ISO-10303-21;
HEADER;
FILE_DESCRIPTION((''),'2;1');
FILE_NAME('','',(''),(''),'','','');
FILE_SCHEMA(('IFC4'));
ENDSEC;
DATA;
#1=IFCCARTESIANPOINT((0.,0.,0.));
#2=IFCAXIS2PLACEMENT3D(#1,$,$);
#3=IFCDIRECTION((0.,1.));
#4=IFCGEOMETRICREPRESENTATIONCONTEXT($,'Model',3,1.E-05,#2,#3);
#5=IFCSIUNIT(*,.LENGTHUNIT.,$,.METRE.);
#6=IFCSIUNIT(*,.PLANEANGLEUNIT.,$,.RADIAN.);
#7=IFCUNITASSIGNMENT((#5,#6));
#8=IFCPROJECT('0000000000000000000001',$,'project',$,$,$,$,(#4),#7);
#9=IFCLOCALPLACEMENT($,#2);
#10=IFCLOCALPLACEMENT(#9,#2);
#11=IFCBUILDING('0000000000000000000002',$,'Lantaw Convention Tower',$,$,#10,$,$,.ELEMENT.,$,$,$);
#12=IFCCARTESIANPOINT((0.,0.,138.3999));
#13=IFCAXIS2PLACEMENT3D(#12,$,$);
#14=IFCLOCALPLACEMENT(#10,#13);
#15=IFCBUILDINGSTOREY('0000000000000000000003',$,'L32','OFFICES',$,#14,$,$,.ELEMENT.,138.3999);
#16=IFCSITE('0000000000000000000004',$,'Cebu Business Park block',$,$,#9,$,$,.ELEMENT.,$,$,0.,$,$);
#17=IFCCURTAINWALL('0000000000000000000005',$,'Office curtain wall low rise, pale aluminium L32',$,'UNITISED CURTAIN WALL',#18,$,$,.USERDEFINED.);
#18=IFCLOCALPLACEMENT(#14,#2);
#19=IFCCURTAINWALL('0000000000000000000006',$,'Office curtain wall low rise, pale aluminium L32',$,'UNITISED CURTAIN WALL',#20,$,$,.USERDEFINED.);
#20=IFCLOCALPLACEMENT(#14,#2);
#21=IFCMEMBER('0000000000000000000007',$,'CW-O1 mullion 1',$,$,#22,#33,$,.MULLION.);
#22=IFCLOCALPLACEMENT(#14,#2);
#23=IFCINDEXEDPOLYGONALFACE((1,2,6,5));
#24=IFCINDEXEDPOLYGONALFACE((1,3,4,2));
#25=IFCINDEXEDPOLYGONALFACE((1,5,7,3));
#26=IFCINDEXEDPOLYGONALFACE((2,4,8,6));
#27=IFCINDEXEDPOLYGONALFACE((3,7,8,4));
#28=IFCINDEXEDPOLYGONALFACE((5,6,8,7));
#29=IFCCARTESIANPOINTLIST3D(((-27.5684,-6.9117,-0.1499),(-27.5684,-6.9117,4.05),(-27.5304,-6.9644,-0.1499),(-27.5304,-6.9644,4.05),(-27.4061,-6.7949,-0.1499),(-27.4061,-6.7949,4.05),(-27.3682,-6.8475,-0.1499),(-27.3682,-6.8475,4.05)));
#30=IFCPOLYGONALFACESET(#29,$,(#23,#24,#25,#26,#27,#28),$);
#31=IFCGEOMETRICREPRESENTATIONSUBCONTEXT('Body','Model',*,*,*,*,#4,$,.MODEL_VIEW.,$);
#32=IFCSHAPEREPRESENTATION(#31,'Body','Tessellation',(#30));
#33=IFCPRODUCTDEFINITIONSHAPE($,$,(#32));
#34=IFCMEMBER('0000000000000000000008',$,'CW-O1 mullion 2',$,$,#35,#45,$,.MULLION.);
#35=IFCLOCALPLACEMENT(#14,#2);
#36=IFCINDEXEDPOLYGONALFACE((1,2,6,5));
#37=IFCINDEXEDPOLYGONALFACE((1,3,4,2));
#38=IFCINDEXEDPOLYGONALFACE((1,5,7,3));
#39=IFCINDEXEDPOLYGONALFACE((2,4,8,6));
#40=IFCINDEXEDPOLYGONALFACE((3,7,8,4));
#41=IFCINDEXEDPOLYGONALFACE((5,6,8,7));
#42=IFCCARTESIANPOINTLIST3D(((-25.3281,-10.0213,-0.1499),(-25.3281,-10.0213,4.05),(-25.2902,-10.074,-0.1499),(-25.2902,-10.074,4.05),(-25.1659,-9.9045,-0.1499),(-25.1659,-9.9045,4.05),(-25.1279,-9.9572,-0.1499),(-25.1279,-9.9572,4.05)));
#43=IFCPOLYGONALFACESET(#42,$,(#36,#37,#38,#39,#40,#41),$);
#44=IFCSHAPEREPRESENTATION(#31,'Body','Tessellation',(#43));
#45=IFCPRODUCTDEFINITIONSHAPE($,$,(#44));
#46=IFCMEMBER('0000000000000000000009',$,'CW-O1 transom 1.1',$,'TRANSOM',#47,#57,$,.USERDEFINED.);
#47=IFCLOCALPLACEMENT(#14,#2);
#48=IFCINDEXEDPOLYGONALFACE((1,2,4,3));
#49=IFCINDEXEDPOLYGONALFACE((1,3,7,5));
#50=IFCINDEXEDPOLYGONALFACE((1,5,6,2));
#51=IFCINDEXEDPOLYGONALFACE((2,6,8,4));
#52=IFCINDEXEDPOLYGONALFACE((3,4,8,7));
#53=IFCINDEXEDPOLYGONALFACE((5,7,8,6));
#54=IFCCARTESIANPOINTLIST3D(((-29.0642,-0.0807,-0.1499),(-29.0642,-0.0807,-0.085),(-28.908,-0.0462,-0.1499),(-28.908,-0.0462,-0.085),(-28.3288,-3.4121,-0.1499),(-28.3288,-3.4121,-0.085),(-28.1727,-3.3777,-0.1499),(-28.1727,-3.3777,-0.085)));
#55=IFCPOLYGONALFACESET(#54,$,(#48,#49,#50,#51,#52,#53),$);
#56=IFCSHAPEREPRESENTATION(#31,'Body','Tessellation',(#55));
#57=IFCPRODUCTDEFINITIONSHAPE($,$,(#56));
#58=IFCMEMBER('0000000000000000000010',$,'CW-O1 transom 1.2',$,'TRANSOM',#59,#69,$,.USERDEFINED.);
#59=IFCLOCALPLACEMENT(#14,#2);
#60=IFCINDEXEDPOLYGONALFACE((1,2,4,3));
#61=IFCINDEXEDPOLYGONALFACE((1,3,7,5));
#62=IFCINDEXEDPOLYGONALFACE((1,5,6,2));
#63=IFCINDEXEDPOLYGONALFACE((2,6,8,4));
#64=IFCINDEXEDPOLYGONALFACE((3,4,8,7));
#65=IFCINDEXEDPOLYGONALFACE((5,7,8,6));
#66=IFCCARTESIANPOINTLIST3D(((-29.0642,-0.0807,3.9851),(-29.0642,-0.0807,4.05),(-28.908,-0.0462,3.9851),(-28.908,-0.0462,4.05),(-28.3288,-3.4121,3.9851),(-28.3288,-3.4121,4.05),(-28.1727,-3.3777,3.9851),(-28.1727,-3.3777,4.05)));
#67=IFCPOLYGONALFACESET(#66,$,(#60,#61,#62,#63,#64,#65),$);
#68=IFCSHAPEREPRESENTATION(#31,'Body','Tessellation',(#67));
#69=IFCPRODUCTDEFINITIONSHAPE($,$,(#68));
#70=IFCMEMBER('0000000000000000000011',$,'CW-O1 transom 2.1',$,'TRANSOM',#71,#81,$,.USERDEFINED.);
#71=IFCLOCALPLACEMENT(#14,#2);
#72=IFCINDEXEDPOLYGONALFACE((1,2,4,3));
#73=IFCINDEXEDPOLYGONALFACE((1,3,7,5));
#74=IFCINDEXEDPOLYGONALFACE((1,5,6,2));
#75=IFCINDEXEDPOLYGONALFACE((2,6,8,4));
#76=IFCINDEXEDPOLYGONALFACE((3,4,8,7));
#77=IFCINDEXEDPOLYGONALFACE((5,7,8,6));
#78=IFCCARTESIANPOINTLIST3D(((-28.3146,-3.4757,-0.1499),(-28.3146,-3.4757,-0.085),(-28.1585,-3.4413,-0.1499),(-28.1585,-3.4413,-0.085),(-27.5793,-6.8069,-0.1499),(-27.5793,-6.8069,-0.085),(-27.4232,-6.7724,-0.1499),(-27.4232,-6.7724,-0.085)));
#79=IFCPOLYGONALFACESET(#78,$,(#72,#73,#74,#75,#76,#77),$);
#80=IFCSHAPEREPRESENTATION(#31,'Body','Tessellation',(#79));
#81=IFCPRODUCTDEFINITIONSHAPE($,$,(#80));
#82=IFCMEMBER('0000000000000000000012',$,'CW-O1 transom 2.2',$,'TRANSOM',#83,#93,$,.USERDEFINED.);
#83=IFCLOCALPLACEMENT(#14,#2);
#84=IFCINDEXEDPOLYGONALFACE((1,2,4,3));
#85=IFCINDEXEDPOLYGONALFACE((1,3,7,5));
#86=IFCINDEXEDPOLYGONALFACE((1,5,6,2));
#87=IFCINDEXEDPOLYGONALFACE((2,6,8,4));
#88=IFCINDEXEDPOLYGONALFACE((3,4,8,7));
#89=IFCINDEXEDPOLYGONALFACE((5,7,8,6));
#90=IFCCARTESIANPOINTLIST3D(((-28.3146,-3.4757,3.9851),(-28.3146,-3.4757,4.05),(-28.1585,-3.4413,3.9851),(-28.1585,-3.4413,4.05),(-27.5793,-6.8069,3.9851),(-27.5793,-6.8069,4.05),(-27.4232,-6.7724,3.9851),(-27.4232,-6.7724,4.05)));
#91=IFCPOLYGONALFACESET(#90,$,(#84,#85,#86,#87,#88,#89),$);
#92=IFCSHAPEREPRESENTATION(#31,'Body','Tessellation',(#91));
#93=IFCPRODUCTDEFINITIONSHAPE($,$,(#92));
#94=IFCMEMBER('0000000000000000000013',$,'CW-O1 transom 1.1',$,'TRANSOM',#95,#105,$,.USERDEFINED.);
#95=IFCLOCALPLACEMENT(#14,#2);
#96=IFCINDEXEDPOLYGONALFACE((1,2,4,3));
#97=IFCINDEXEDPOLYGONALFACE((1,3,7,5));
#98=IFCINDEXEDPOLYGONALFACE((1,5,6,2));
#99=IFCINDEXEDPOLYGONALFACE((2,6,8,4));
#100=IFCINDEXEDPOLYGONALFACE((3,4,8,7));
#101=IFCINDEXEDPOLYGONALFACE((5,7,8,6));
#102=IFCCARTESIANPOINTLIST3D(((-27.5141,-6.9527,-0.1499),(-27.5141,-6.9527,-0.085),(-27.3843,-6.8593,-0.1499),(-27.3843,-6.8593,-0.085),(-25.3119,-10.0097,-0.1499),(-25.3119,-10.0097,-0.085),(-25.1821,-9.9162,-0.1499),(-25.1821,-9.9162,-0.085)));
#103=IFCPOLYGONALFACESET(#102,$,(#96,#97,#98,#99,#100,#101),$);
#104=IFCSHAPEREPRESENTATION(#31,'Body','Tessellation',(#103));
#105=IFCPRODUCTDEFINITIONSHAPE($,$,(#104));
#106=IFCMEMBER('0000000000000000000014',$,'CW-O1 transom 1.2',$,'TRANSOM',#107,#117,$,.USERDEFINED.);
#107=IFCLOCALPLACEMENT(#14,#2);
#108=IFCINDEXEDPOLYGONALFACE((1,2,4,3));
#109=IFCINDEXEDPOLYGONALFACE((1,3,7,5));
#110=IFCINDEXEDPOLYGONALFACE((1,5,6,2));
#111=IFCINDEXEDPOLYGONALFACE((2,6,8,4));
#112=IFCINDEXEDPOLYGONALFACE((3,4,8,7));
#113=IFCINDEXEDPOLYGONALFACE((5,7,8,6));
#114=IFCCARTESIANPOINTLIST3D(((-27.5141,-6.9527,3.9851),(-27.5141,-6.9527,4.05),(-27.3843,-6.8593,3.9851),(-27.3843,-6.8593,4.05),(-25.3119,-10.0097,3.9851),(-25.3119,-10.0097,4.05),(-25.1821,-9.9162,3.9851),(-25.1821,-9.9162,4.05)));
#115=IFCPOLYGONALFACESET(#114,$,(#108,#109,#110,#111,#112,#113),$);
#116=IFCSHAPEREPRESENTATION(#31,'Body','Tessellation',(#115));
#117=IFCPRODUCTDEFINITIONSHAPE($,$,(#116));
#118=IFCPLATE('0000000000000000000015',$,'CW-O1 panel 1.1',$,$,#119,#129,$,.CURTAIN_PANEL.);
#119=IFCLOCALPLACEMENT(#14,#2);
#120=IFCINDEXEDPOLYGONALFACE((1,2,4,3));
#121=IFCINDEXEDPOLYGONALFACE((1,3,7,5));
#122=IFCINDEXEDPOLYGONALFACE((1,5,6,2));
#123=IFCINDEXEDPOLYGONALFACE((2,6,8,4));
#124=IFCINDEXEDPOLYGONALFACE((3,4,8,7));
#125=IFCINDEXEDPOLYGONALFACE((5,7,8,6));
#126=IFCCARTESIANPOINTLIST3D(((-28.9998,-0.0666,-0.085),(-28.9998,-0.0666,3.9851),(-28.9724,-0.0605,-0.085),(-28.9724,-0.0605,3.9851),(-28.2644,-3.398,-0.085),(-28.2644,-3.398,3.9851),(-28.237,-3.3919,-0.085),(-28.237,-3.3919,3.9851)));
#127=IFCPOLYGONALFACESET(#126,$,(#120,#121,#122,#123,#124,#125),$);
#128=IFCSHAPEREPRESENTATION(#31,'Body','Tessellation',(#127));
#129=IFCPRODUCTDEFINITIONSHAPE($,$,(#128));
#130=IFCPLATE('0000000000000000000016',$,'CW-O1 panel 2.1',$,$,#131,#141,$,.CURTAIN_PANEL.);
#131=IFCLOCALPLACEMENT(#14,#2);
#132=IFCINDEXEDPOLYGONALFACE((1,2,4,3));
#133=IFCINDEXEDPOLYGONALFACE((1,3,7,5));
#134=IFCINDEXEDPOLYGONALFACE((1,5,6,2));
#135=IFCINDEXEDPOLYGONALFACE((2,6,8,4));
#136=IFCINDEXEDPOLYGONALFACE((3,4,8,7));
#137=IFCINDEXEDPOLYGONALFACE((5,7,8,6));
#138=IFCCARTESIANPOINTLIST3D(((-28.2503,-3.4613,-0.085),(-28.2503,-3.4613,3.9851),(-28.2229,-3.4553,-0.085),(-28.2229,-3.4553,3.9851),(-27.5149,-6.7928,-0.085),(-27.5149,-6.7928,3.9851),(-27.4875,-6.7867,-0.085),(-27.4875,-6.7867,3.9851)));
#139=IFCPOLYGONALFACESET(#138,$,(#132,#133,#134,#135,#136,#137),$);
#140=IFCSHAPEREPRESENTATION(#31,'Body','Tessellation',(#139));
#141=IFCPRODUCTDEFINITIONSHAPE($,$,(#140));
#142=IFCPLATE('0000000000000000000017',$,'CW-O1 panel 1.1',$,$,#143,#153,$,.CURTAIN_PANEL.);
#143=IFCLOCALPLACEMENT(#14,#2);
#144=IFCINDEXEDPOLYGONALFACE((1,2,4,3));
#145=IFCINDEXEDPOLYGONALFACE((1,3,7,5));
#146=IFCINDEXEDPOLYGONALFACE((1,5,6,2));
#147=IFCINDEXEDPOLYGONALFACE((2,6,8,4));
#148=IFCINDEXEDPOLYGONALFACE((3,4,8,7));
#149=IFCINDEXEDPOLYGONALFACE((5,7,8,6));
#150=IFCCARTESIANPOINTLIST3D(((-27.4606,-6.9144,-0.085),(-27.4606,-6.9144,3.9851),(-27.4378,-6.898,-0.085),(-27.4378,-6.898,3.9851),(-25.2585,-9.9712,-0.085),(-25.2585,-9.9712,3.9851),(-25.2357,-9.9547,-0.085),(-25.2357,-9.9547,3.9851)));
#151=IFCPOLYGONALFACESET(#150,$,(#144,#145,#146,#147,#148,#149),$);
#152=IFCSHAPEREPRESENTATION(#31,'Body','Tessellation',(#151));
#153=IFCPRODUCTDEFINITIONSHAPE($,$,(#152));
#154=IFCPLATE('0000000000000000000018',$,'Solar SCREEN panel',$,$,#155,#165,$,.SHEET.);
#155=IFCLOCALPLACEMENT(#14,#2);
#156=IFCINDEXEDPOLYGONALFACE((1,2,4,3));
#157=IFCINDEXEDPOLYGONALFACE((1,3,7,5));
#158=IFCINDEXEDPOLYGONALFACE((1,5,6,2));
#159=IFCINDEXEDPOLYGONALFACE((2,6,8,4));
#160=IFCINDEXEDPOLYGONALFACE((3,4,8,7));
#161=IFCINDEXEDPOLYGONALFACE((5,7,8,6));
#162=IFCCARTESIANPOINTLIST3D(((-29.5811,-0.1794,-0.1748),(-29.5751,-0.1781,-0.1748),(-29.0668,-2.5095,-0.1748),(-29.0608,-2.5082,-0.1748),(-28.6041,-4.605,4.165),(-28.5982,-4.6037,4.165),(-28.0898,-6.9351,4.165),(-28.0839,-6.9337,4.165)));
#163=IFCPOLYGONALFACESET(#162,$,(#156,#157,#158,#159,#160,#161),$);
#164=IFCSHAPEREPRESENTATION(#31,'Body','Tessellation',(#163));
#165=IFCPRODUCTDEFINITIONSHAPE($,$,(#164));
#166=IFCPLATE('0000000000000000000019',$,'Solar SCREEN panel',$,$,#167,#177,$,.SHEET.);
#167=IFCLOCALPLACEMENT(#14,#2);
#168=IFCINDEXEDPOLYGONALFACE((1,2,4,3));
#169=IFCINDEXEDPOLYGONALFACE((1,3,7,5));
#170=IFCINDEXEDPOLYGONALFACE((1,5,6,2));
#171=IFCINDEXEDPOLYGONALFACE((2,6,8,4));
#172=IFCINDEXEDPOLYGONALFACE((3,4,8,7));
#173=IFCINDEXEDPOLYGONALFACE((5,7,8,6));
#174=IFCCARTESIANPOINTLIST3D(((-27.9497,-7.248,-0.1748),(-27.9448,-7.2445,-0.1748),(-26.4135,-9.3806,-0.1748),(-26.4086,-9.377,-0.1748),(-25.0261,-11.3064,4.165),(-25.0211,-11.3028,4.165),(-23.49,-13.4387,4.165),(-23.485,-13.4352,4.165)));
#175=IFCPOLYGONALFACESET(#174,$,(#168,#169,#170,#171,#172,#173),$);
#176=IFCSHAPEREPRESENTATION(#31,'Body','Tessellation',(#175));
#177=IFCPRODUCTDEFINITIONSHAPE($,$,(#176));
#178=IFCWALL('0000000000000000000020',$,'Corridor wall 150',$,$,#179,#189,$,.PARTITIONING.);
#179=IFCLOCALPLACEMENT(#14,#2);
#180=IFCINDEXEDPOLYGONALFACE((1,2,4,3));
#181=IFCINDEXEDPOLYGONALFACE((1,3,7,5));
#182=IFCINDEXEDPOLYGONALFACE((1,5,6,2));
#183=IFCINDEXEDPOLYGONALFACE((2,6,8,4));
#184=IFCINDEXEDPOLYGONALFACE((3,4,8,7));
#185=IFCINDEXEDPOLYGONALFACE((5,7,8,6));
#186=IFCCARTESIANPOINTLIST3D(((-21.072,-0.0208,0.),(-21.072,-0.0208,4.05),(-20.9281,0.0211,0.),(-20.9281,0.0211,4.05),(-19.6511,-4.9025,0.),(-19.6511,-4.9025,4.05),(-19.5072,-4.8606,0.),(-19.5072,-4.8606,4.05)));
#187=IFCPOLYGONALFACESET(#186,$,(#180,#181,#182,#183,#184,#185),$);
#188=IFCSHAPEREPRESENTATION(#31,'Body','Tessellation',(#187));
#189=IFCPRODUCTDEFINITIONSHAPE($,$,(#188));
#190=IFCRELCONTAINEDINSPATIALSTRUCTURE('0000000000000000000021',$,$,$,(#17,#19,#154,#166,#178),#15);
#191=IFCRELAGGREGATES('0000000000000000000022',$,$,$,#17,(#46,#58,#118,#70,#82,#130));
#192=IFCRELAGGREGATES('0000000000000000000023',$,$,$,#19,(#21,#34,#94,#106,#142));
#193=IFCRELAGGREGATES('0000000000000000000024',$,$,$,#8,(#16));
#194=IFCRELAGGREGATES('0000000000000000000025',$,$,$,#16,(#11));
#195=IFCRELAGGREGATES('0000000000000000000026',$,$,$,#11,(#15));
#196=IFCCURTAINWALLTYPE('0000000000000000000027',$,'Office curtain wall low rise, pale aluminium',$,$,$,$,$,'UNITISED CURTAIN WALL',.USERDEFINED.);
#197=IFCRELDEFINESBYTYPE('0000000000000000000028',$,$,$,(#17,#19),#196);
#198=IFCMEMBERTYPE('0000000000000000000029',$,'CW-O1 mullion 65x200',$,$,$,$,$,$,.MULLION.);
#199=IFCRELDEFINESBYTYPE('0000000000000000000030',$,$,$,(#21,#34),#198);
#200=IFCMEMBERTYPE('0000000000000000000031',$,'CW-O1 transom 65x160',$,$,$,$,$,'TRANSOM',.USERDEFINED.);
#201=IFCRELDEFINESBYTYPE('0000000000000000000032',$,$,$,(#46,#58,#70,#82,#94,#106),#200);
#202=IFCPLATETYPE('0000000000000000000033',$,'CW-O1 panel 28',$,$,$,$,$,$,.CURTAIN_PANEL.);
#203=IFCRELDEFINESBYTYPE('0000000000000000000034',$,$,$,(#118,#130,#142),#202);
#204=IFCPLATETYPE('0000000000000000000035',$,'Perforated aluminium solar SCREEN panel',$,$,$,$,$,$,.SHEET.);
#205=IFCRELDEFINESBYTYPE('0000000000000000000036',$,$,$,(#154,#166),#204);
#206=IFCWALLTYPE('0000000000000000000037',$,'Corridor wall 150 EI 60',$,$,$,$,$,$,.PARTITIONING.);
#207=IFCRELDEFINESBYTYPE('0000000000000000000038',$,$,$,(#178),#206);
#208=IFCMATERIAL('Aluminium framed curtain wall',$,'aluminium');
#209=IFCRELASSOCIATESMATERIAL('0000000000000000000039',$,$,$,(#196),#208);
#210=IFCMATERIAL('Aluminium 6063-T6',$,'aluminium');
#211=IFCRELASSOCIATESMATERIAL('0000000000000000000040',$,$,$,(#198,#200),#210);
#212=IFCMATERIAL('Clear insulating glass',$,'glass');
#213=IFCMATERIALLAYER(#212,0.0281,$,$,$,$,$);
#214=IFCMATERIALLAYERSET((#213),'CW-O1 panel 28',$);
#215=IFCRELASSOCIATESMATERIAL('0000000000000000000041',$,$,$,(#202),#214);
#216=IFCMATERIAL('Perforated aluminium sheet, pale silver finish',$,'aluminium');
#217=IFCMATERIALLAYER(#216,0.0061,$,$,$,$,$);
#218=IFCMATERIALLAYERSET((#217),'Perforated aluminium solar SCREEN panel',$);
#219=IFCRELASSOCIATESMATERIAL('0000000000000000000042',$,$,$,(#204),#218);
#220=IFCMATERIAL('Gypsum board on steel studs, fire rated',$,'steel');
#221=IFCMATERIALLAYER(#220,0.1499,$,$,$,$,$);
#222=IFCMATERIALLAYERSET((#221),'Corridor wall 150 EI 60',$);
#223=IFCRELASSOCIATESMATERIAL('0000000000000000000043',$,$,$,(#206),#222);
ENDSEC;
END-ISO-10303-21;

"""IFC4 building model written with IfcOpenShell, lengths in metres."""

from ifc_helpers import new_model, si_unit, direction, frame, frame_2d, origin, origin_2d, place, context, subcontext, project, spatial, polyline, rectangle, outline, extrude, material, layer, layer_set, material_profile, profile_set, type_object, element, aggregate, save


model = new_model("IFC4")

# Units and contexts
model_context = context("Model", 3, precision=1e-05, world=origin(), true_north=direction((0.0, 1.0)))
body_context = subcontext(model_context, "Body", "Model", "MODEL_VIEW")
ifc_project = project(units=[si_unit("LENGTHUNIT", "METRE"), si_unit("PLANEANGLEUNIT", "RADIAN")], contexts=[model_context])

# Site, building, storey
site_placement = place(None, origin())
site = spatial("IfcSite", under=ifc_project, at=site_placement, Name="Cebu Business Park block", CompositionType="ELEMENT", RefElevation=0.0)
building_placement = place(site_placement, origin())
building = spatial("IfcBuilding", under=site, at=building_placement, Name="Lantaw Convention Tower", CompositionType="ELEMENT")
storey_placement = place(building_placement, frame((0.0, 0.0, 138.3999)))
storey = spatial("IfcBuildingStorey", under=building, at=storey_placement, Name="L32", Description="OFFICES", CompositionType="ELEMENT", Elevation=138.3999)

# Curtain walls, members
ifc_material_1 = material(Name="Aluminium framed curtain wall", Category="aluminium")
curtain_wall_type = type_object("IfcCurtainWallType", Name="Office curtain wall low rise, pale aluminium", ElementType="UNITISED CURTAIN WALL", PredefinedType="USERDEFINED", material=ifc_material_1)
curtain_wall_1_placement = place(storey_placement, origin())
curtain_wall_1 = element("IfcCurtainWall", 1, at=curtain_wall_1_placement, inside=storey, type_object=curtain_wall_type, Name="Office curtain wall low rise, pale aluminium L32", ObjectType="UNITISED CURTAIN WALL", PredefinedType="USERDEFINED")
ifc_material_2 = material(Name="Aluminium 6063-T6", Category="aluminium")
ifc_material_profile_1 = material_profile(ifc_material_2, rectangle(XDim=0.2, YDim=0.0649, at=origin_2d()), Name="CW-O1 mullion 65x200")
ifc_profile_set_1 = profile_set([ifc_material_profile_1], Name="Aluminium 6063-T6")
member_type_1 = type_object("IfcMemberType", Name="CW-O1 mullion 65x200", PredefinedType="MULLION", material=ifc_profile_set_1)
curtain_wall_2_placement = place(storey_placement, origin())
curtain_wall_2 = element("IfcCurtainWall", 2, at=curtain_wall_2_placement, inside=storey, type_object=curtain_wall_type, Name="Office curtain wall low rise, pale aluminium L32", ObjectType="UNITISED CURTAIN WALL", PredefinedType="USERDEFINED")
member_1_placement = place(storey_placement, frame((-27.4683, -6.8796, -0.1499), z_axis=(0.0, 0.0, 1.0), x_axis=(0.811385, 0.584513, 0.0)))
member_1 = element("IfcMember", 3, at=member_1_placement, type_object=member_type_1, Name="CW-O1 mullion 1", PredefinedType="MULLION", context=body_context, shape_type="SweptSolid", body=[
    extrude(rectangle(XDim=0.2, YDim=0.0649, at=origin_2d()), origin(), (0.0, 0.0, 1.0), 4.2),
])
member_2_placement = place(storey_placement, frame((-25.228, -9.9893, -0.1499), z_axis=(0.0, 0.0, 1.0), x_axis=(0.811385, 0.584513, 0.0)))
member_2 = element("IfcMember", 4, at=member_2_placement, type_object=member_type_1, Name="CW-O1 mullion 2", PredefinedType="MULLION", context=body_context, shape_type="SweptSolid", body=[
    extrude(rectangle(XDim=0.2, YDim=0.0649, at=origin_2d()), origin(), (0.0, 0.0, 1.0), 4.2),
])

# Members
ifc_material_profile_2 = material_profile(ifc_material_2, rectangle(XDim=0.1599, YDim=0.0649, at=origin_2d()), Name="CW-O1 transom 65x160")
ifc_profile_set_2 = profile_set([ifc_material_profile_2], Name="Aluminium 6063-T6")
member_type_2 = type_object("IfcMemberType", Name="CW-O1 transom 65x160", ElementType="TRANSOM", PredefinedType="USERDEFINED", material=ifc_profile_set_2)
member_3_placement = place(storey_placement, frame((-28.9861, -0.0635, -0.1174), z_axis=(0.215536, -0.976496, 0.0), x_axis=(0.976496, 0.215536, 0.0)))
member_3 = element("IfcMember", 5, at=member_3_placement, type_object=member_type_2, Name="CW-O1 transom 1.1", ObjectType="TRANSOM", PredefinedType="USERDEFINED", context=body_context, shape_type="SweptSolid", body=[
    extrude(rectangle(XDim=0.1599, YDim=0.0649, at=origin_2d()), origin(), (0.0, 0.0, 1.0), 3.4116),
])
member_4_placement = place(storey_placement, frame((-28.9861, -0.0635, 4.0176), z_axis=(0.215536, -0.976496, 0.0), x_axis=(0.976496, 0.215536, 0.0)))
member_4 = element("IfcMember", 6, at=member_4_placement, type_object=member_type_2, Name="CW-O1 transom 1.2", ObjectType="TRANSOM", PredefinedType="USERDEFINED", context=body_context, shape_type="SweptSolid", body=[
    extrude(rectangle(XDim=0.1599, YDim=0.0649, at=origin_2d()), origin(), (0.0, 0.0, 1.0), 3.4116),
])
member_5_placement = place(storey_placement, frame((-28.2366, -3.4585, -0.1174), z_axis=(0.215551, -0.976493, 0.0), x_axis=(0.976493, 0.215551, 0.0)))
member_5 = element("IfcMember", 7, at=member_5_placement, type_object=member_type_2, Name="CW-O1 transom 2.1", ObjectType="TRANSOM", PredefinedType="USERDEFINED", context=body_context, shape_type="SweptSolid", body=[
    extrude(rectangle(XDim=0.1599, YDim=0.0649, at=origin_2d()), origin(), (0.0, 0.0, 1.0), 3.4114),
])
member_6_placement = place(storey_placement, frame((-28.2366, -3.4585, 4.0176), z_axis=(0.215551, -0.976493, 0.0), x_axis=(0.976493, 0.215551, 0.0)))
member_6 = element("IfcMember", 8, at=member_6_placement, type_object=member_type_2, Name="CW-O1 transom 2.2", ObjectType="TRANSOM", PredefinedType="USERDEFINED", context=body_context, shape_type="SweptSolid", body=[
    extrude(rectangle(XDim=0.1599, YDim=0.0649, at=origin_2d()), origin(), (0.0, 0.0, 1.0), 3.4114),
])
member_7_placement = place(storey_placement, frame((-27.4492, -6.906, -0.1174), z_axis=(0.584513, -0.811384, 0.0), x_axis=(0.811384, 0.584513, 0.0)))
member_7 = element("IfcMember", 9, at=member_7_placement, type_object=member_type_2, Name="CW-O1 transom 1.1", ObjectType="TRANSOM", PredefinedType="USERDEFINED", context=body_context, shape_type="SweptSolid", body=[
    extrude(rectangle(XDim=0.1599, YDim=0.0649, at=origin_2d()), origin(), (0.0, 0.0, 1.0), 3.7676),
])
member_8_placement = place(storey_placement, frame((-27.4492, -6.906, 4.0176), z_axis=(0.584513, -0.811384, 0.0), x_axis=(0.811384, 0.584513, 0.0)))
member_8 = element("IfcMember", 10, at=member_8_placement, type_object=member_type_2, Name="CW-O1 transom 1.2", ObjectType="TRANSOM", PredefinedType="USERDEFINED", context=body_context, shape_type="SweptSolid", body=[
    extrude(rectangle(XDim=0.1599, YDim=0.0649, at=origin_2d()), origin(), (0.0, 0.0, 1.0), 3.7676),
])

# Plates
ifc_material_3 = material(Name="Clear insulating glass", Category="glass")
ifc_layer_1 = layer(ifc_material_3, 0.0281)
ifc_layer_set_1 = layer_set([ifc_layer_1], Name="CW-O1 panel 28")
plate_type_1 = type_object("IfcPlateType", Name="CW-O1 panel 28", PredefinedType="CURTAIN_PANEL", material=ifc_layer_set_1)
plate_1_placement = place(storey_placement, frame((-28.6184, -1.7292, -0.085), z_axis=(0.0, 0.0, 1.0), x_axis=(0.215546, -0.976494, 0.0)))
plate_1 = element("IfcPlate", 11, at=plate_1_placement, type_object=plate_type_1, Name="CW-O1 panel 1.1", PredefinedType="CURTAIN_PANEL", context=body_context, shape_type="SweptSolid", body=[
    extrude(rectangle(XDim=3.4116, YDim=0.0281, at=origin_2d()), origin(), (0.0, 0.0, 1.0), 4.0701),
])
plate_2_placement = place(storey_placement, frame((-27.8689, -5.124, -0.085), z_axis=(0.0, 0.0, 1.0), x_axis=(0.215546, -0.976494, 0.0)))
plate_2 = element("IfcPlate", 12, at=plate_2_placement, type_object=plate_type_1, Name="CW-O1 panel 2.1", PredefinedType="CURTAIN_PANEL", context=body_context, shape_type="SweptSolid", body=[
    extrude(rectangle(XDim=3.4116, YDim=0.0281, at=origin_2d()), origin(), (0.0, 0.0, 1.0), 4.0701),
])
aggregate(curtain_wall_1, [member_3, member_4, plate_1, member_5, member_6, plate_2])
plate_3_placement = place(storey_placement, frame((-26.3481, -8.4346, -0.085), z_axis=(0.0, 0.0, 1.0), x_axis=(0.584513, -0.811385, 0.0)))
plate_3 = element("IfcPlate", 13, at=plate_3_placement, type_object=plate_type_1, Name="CW-O1 panel 1.1", PredefinedType="CURTAIN_PANEL", context=body_context, shape_type="SweptSolid", body=[
    extrude(rectangle(XDim=3.7673, YDim=0.0281, at=origin_2d()), origin(), (0.0, 0.0, 1.0), 4.0701),
])
aggregate(curtain_wall_2, [member_1, member_2, member_7, member_8, plate_3])

# Plates
ifc_material_4 = material(Name="Perforated aluminium sheet, pale silver finish", Category="aluminium")
ifc_layer_2 = layer(ifc_material_4, 0.0061)
ifc_layer_set_2 = layer_set([ifc_layer_2], Name="Perforated aluminium solar SCREEN panel")
plate_type_2 = type_object("IfcPlateType", Name="Perforated aluminium solar SCREEN panel", PredefinedType="SHEET", material=ifc_layer_set_2)
plate_4_placement = place(storey_placement, frame((-29.5811, -0.1794, -0.1748), z_axis=(-0.976498, -0.215527, 0.000033), x_axis=(0.215527, -0.976498, 0.0)))
element("IfcPlate", 14, at=plate_4_placement, inside=storey, type_object=plate_type_2, Name="Solar SCREEN panel", PredefinedType="SHEET", context=body_context, shape_type="SweptSolid", body=[
    extrude(outline(polyline([(0.0, 0.0), (2.3862, 0.0), (6.9182, 4.3398), (4.5321, 4.3398), (0.0, 0.0)])), origin(), (0.0, 0.0, -1.0), 0.0061),
])
plate_5_placement = place(storey_placement, frame((-27.9497, -7.248, -0.1748), z_axis=(-0.811395, -0.584498, 0.000036), x_axis=(0.584498, -0.811395, 0.0)))
element("IfcPlate", 15, at=plate_5_placement, inside=storey, type_object=plate_type_2, Name="Solar SCREEN panel", PredefinedType="SHEET", context=body_context, shape_type="SweptSolid", body=[
    extrude(outline(polyline([(0.0, 0.0), (2.6282, 0.0), (7.6298, 4.3398), (5.0018, 4.3398), (0.0, 0.0)])), origin(), (0.0, 0.0, -1.0), 0.0061),
])

# Wall
ifc_material_5 = material(Name="Gypsum board on steel studs, fire rated", Category="steel")
ifc_layer_3 = layer(ifc_material_5, 0.1499)
ifc_layer_set_3 = layer_set([ifc_layer_3], Name="Corridor wall 150 EI 60")
wall_type = type_object("IfcWallType", Name="Corridor wall 150 EI 60", PredefinedType="PARTITIONING", material=ifc_layer_set_3)
wall_1_placement = place(storey_placement, frame((-21.0, 0.0, 0.0), z_axis=(0.0, 0.0, 1.0), x_axis=(0.279474, -0.960153, 0.0)))
element("IfcWall", 16, at=wall_1_placement, inside=storey, type_object=wall_type, Name="Corridor wall 150", PredefinedType="PARTITIONING", context=body_context, shape_type="SweptSolid", body=[
    extrude(rectangle(XDim=5.0842, YDim=0.1499, at=frame_2d((2.542, 0.0))), origin(), (0.0, 0.0, 1.0), 4.05),
])

save(model, "model.ifc")
